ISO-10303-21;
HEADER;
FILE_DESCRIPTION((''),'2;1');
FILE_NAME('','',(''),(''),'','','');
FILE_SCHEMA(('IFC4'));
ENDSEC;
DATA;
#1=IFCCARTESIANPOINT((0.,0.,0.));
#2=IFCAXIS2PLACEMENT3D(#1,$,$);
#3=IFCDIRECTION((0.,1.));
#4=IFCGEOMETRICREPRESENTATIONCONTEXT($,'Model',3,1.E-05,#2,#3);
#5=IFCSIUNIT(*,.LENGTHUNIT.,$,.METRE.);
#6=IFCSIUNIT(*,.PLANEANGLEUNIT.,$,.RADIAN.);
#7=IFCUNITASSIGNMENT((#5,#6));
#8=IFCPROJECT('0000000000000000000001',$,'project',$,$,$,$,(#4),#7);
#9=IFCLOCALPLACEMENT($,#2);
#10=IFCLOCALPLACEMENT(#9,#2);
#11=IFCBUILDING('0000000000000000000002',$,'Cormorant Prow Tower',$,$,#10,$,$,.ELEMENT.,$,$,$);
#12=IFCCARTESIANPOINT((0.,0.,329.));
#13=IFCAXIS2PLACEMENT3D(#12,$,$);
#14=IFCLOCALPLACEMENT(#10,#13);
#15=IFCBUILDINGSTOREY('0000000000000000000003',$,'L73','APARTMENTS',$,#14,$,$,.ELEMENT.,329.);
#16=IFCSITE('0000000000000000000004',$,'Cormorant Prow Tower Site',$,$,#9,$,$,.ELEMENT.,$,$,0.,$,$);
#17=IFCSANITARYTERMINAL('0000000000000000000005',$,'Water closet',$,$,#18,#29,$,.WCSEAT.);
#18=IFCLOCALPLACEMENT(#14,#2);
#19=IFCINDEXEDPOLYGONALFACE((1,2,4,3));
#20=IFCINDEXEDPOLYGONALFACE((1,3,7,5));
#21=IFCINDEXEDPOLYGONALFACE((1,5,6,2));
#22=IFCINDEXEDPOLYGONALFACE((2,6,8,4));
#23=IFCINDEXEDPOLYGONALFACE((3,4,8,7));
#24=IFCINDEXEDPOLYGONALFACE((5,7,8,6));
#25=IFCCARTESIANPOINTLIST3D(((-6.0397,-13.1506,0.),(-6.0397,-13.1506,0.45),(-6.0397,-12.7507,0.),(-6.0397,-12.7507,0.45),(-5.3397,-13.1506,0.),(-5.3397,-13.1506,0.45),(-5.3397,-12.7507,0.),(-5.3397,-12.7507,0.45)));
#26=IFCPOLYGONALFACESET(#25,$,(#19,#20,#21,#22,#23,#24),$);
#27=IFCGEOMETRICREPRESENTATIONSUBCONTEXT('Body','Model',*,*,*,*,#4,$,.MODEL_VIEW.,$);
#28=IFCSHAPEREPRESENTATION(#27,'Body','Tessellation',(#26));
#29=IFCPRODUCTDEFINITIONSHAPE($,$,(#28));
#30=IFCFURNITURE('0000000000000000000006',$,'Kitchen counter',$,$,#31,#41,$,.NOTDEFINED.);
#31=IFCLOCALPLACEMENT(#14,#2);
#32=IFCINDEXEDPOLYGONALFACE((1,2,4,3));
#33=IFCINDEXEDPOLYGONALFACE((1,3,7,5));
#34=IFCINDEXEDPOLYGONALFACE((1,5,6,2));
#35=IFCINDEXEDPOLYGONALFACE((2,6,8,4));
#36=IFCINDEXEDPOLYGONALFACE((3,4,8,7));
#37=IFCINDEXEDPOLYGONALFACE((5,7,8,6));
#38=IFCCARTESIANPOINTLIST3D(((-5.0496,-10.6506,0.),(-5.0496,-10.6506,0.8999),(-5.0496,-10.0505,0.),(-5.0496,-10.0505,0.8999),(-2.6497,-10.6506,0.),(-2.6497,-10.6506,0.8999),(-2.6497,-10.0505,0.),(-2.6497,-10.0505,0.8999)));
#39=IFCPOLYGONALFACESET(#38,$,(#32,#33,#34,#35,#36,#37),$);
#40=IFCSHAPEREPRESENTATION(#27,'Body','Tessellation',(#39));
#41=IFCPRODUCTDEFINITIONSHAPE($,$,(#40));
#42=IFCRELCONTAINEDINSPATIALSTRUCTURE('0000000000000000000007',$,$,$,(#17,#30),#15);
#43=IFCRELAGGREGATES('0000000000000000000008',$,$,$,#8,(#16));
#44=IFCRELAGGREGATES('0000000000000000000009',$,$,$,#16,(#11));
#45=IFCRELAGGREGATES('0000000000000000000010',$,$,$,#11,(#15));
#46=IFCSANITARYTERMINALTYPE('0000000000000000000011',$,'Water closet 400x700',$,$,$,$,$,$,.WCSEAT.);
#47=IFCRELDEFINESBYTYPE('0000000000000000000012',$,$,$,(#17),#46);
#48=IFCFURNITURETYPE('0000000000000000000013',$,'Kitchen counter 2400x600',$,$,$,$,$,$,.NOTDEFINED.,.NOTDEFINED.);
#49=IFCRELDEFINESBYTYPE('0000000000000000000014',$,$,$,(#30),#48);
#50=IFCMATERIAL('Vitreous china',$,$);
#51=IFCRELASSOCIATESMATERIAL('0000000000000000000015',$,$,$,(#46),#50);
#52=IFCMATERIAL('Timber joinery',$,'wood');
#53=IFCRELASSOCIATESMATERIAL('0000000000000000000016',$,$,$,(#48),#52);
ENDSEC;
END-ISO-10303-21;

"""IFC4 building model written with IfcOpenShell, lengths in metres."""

from ifc_helpers import new_model, si_unit, direction, frame, origin, origin_2d, place, context, subcontext, project, spatial, rectangle, extrude, material, type_object, element, save


model = new_model("IFC4")

# Units and contexts
model_context = context("Model", 3, precision=1e-05, world=origin(), true_north=direction((0.0, 1.0)))
body_context = subcontext(model_context, "Body", "Model", "MODEL_VIEW")
ifc_project = project(units=[si_unit("LENGTHUNIT", "METRE"), si_unit("PLANEANGLEUNIT", "RADIAN")], contexts=[model_context])

# Site, building, storey
site_placement = place(None, origin())
site = spatial("IfcSite", under=ifc_project, at=site_placement, Name="Cormorant Prow Tower Site", CompositionType="ELEMENT", RefElevation=0.0)
building_placement = place(site_placement, origin())
building = spatial("IfcBuilding", under=site, at=building_placement, Name="Cormorant Prow Tower", CompositionType="ELEMENT")
storey_placement = place(building_placement, frame((0.0, 0.0, 329.0)))
storey = spatial("IfcBuildingStorey", under=building, at=storey_placement, Name="L73", Description="APARTMENTS", CompositionType="ELEMENT", Elevation=329.0)

# Sanitary terminal
ifc_material_1 = material(Name="Vitreous china")
sanitary_terminal_type_1 = type_object("IfcSanitaryTerminalType", Name="Water closet 400x700", PredefinedType="WCSEAT", material=ifc_material_1)
sanitary_terminal_1_placement = place(storey_placement, frame((-5.6897, -12.9507, 0.0), z_axis=(0.0, 0.0, 1.0), x_axis=(0.0, -1.0, 0.0)))
element("IfcSanitaryTerminal", 1, at=sanitary_terminal_1_placement, inside=storey, type_object=sanitary_terminal_type_1, Name="Water closet", PredefinedType="WCSEAT", context=body_context, shape_type="SweptSolid", body=[
    extrude(rectangle(XDim=0.3999, YDim=0.7, at=origin_2d()), origin(), (0.0, 0.0, 1.0), 0.45),
])

# Furniture
ifc_material_2 = material(Name="Timber joinery", Category="wood")
furniture_type = type_object("IfcFurnitureType", Name="Kitchen counter 2400x600", AssemblyPlace="NOTDEFINED", PredefinedType="NOTDEFINED", material=ifc_material_2)
furniture_placement = place(storey_placement, frame((-3.8496, -10.3506, 0.0), z_axis=(0.0, 0.0, 1.0), x_axis=(1.0, 0.0, 0.0)))
element("IfcFurniture", 2, at=furniture_placement, inside=storey, type_object=furniture_type, Name="Kitchen counter", PredefinedType="NOTDEFINED", context=body_context, shape_type="SweptSolid", body=[
    extrude(rectangle(XDim=2.3999, YDim=0.6001, at=origin_2d()), origin(), (0.0, 0.0, 1.0), 0.8999),
])

save(model, "model.ifc")
